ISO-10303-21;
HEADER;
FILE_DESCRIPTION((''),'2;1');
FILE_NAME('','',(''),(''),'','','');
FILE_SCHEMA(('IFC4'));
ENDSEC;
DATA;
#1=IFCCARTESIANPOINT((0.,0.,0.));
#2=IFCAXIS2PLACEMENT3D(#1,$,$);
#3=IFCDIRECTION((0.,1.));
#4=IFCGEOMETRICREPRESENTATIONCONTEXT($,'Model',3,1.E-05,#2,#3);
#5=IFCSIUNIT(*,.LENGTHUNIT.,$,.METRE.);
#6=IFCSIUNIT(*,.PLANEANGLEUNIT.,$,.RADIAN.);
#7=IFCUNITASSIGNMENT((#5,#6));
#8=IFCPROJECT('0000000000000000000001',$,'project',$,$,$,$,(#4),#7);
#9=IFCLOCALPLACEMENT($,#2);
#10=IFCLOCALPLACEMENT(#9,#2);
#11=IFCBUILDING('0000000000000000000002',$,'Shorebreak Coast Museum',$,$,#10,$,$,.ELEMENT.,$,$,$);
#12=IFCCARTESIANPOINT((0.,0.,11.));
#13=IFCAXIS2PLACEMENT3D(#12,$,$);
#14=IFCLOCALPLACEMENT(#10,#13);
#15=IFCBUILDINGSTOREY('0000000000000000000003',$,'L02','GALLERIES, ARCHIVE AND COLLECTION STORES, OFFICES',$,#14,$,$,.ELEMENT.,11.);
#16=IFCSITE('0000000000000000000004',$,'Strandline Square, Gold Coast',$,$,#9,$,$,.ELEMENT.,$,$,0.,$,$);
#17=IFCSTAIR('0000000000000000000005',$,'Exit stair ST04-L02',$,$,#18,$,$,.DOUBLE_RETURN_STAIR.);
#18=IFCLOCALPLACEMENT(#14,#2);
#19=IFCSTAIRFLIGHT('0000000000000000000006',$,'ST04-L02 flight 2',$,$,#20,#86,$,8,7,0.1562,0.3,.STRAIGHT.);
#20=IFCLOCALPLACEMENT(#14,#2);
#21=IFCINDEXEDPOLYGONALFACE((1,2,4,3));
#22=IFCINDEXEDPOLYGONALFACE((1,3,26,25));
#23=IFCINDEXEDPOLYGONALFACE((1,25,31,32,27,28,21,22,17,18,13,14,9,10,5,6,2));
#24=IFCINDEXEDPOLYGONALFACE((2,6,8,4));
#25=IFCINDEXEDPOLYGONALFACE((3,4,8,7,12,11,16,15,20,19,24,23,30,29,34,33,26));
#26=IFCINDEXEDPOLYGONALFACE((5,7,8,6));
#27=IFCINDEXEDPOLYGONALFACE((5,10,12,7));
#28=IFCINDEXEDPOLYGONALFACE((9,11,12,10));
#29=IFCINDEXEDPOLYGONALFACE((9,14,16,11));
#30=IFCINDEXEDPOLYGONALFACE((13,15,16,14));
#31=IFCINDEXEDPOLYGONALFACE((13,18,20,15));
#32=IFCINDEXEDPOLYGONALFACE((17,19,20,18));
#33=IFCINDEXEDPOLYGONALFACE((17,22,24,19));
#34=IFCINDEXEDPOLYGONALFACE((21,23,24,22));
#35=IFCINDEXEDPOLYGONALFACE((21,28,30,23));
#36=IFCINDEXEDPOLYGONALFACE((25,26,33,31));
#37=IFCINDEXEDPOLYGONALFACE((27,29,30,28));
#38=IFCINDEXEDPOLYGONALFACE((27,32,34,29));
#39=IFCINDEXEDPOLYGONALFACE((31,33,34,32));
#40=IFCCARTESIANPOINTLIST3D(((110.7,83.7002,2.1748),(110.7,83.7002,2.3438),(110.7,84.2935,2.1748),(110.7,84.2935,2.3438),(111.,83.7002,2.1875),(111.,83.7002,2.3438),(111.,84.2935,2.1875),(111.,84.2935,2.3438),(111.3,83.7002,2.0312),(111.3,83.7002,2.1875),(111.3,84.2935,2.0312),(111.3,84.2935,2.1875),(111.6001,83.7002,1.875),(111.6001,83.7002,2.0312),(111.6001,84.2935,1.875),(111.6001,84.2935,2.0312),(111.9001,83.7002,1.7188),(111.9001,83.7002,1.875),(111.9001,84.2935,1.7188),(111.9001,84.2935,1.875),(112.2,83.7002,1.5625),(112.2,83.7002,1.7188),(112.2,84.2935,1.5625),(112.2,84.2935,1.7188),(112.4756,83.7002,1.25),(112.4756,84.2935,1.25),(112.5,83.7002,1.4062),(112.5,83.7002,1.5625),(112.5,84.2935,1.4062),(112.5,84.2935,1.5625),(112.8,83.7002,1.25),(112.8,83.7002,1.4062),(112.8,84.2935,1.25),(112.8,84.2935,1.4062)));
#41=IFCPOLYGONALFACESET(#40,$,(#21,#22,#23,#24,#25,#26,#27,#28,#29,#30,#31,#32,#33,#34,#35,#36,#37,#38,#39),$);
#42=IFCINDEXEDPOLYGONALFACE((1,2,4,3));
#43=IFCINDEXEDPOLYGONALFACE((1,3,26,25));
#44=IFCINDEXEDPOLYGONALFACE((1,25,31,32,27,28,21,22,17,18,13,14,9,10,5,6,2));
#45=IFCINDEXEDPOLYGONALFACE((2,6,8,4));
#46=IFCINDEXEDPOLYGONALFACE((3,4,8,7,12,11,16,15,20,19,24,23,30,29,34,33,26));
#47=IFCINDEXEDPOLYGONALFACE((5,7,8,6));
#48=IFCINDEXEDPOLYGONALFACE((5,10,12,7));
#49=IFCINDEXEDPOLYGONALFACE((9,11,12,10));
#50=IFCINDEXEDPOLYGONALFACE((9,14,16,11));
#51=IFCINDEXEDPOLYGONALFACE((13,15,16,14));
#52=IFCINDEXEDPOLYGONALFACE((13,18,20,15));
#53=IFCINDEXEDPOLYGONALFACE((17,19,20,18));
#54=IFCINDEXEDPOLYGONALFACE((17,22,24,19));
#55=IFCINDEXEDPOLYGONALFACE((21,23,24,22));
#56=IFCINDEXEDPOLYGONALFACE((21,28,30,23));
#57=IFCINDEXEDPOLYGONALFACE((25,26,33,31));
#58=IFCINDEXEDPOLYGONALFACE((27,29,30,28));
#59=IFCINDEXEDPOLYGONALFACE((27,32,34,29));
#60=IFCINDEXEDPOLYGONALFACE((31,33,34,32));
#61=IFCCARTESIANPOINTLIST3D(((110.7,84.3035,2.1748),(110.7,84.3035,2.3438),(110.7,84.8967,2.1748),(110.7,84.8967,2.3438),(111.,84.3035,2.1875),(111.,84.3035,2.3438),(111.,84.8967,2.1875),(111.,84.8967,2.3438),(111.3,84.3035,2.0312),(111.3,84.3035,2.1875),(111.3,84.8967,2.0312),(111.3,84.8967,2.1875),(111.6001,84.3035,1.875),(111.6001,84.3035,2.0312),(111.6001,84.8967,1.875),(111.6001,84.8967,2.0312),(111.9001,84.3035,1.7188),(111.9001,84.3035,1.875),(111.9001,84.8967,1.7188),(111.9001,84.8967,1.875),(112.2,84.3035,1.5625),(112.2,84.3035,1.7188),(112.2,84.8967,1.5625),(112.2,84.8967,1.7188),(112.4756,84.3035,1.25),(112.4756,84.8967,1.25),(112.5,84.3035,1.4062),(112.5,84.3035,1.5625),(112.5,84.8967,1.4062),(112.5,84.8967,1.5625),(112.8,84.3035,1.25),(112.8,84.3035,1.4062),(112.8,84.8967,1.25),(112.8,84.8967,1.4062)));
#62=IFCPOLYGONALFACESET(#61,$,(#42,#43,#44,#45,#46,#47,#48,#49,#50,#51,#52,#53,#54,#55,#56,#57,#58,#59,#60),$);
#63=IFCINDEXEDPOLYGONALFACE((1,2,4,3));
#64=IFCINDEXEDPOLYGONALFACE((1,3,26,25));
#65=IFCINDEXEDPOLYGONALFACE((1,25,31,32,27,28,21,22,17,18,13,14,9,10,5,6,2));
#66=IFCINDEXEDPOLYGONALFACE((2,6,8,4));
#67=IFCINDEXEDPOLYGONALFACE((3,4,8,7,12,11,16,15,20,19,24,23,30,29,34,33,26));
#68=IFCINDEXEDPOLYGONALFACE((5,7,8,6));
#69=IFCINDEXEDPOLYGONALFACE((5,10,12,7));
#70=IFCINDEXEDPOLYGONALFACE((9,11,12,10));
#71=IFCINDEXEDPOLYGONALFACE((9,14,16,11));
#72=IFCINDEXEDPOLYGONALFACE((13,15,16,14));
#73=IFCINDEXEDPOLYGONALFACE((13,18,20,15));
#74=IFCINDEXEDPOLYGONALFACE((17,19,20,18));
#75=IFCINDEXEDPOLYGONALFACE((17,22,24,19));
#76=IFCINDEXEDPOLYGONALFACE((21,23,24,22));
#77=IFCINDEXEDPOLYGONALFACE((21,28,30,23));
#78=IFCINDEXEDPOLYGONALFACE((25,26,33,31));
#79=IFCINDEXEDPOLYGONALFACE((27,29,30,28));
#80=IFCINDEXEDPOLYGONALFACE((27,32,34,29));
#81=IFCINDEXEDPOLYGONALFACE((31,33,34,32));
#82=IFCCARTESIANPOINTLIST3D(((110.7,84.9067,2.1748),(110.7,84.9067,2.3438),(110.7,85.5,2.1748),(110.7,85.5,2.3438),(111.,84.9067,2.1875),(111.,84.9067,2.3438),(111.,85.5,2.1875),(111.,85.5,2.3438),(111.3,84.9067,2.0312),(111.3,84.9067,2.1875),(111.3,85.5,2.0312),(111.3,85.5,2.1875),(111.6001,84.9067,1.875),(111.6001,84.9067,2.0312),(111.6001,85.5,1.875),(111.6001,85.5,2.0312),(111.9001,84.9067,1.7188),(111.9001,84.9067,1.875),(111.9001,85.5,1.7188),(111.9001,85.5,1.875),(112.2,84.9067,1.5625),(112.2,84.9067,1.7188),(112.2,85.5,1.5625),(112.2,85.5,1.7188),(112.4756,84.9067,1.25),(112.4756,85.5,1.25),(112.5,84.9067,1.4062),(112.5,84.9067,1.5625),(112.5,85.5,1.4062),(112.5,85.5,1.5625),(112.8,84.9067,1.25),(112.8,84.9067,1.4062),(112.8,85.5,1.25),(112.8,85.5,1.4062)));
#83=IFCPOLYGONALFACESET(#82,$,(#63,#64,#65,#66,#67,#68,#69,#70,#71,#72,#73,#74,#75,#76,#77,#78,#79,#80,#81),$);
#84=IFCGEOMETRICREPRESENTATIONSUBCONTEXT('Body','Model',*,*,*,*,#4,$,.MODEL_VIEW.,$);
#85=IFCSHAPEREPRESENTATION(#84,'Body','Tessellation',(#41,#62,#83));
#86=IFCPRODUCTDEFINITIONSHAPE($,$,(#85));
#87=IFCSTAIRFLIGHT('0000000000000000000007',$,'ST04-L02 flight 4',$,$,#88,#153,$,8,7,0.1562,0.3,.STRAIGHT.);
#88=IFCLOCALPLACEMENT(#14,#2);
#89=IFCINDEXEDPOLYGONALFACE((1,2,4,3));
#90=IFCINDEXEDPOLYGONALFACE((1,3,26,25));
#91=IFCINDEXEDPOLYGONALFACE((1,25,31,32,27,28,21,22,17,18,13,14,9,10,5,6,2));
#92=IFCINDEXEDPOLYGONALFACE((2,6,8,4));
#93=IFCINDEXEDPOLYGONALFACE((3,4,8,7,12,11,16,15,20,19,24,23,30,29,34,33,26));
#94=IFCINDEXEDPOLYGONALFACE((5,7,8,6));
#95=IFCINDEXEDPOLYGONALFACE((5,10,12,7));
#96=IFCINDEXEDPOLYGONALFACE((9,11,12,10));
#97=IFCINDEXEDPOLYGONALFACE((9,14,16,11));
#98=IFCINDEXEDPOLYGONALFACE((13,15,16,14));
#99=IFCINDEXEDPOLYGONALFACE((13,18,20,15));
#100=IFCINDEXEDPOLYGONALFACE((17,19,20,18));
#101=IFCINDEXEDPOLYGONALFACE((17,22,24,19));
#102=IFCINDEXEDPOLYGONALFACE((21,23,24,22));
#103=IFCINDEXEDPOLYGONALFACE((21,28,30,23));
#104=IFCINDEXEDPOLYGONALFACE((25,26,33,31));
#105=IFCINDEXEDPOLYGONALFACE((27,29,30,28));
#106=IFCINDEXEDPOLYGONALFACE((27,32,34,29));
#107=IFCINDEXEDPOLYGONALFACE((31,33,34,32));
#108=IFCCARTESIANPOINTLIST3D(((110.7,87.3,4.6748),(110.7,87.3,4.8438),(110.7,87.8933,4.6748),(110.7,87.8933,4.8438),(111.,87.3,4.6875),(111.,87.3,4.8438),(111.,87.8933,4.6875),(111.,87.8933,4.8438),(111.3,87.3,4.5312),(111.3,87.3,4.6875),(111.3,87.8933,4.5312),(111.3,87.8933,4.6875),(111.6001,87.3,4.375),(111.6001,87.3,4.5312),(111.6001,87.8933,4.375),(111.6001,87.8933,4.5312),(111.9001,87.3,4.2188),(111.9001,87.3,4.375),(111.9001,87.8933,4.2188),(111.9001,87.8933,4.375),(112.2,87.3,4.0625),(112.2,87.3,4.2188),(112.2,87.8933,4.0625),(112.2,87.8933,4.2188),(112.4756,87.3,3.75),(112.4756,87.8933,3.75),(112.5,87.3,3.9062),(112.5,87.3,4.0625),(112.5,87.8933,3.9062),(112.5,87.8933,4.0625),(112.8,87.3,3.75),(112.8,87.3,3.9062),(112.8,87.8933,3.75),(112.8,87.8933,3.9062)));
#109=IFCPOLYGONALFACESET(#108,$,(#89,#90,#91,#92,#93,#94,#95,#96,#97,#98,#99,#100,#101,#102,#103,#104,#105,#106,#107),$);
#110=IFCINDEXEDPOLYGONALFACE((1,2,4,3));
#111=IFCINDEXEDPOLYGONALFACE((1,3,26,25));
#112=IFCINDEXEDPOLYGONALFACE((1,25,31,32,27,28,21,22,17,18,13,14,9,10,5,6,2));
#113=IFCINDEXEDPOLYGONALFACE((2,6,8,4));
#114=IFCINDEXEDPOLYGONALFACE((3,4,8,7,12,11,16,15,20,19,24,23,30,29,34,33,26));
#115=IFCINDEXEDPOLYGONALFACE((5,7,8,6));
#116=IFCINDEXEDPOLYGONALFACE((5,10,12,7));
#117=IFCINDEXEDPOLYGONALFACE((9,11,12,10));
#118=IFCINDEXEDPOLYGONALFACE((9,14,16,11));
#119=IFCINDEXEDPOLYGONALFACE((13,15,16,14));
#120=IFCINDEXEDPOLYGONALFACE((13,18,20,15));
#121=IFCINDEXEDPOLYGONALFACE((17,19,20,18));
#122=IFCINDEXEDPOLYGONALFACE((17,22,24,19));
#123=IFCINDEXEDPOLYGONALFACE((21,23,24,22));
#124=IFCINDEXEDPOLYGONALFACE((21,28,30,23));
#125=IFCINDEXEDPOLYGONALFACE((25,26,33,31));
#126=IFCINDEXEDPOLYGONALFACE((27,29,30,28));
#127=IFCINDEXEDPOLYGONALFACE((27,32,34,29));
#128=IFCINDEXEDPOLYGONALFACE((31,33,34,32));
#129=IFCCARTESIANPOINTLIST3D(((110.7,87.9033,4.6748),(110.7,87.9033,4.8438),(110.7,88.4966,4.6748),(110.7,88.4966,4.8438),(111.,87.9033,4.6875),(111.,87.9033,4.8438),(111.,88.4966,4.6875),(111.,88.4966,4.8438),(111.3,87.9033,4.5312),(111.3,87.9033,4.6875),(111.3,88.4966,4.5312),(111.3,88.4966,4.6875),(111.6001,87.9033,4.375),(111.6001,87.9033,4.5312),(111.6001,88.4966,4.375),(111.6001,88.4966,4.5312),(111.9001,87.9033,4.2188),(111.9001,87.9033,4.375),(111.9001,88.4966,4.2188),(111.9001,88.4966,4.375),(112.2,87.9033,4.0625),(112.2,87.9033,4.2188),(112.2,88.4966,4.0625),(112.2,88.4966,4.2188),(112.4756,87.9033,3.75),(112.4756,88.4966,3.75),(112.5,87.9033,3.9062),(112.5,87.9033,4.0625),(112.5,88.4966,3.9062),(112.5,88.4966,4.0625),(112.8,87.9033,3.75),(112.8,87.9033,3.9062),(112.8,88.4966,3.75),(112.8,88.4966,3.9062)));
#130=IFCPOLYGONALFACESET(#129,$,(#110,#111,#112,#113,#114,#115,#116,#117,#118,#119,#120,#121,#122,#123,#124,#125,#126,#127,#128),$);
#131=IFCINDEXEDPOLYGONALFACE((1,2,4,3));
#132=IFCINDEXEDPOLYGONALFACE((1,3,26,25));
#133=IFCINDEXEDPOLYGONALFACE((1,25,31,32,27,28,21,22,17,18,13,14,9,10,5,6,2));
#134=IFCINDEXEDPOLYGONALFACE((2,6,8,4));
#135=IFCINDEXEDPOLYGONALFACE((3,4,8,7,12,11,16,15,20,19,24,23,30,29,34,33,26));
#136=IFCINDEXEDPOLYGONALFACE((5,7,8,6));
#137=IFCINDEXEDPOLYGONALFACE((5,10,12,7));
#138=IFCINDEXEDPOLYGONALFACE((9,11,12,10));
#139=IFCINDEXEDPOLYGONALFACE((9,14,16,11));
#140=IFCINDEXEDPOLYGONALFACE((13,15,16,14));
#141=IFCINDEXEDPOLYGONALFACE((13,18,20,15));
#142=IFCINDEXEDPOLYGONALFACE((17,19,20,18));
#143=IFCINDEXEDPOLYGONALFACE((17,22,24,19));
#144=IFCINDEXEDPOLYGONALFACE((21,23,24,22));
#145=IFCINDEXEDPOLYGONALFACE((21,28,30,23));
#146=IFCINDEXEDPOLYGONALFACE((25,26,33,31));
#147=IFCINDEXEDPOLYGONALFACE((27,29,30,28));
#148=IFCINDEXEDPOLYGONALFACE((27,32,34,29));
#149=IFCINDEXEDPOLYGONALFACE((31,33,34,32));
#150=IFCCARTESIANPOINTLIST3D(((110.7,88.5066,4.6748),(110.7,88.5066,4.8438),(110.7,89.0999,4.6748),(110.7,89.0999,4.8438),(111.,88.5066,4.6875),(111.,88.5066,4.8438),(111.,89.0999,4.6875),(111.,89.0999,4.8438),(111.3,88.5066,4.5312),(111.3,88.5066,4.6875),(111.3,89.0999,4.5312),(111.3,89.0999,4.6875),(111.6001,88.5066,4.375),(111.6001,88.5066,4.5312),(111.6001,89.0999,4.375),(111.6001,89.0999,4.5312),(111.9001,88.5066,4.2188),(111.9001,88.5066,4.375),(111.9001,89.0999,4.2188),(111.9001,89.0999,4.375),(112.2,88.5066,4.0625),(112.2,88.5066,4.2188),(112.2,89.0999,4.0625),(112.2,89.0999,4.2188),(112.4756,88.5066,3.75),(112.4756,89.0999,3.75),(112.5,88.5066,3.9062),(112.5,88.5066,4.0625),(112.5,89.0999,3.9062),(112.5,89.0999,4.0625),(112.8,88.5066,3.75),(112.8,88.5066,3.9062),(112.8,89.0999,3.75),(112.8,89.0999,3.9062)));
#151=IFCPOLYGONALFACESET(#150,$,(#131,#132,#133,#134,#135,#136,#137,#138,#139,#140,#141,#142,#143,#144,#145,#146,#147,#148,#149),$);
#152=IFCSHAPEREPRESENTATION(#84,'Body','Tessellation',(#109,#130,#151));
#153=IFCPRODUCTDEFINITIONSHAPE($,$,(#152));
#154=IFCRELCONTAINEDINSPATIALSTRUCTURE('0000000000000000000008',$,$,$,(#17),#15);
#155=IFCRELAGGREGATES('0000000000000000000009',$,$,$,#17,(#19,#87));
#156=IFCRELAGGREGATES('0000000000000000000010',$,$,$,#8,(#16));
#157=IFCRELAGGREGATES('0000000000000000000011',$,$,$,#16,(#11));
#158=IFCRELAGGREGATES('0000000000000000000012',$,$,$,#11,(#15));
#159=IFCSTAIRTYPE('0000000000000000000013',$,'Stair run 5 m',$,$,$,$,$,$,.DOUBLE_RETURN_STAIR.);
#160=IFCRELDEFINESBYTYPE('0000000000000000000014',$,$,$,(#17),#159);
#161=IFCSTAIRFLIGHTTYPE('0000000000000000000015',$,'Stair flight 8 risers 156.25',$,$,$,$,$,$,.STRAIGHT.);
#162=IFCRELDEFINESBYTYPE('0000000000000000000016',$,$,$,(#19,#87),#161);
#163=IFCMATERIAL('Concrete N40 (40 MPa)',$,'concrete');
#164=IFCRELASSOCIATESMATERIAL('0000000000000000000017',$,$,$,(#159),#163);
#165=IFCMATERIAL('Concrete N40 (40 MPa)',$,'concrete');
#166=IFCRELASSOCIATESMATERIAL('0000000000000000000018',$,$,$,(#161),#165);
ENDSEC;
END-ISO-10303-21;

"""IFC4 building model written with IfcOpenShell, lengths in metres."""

from ifc_helpers import new_model, si_unit, direction, frame, origin, place, context, subcontext, project, spatial, polyline, outline, extrude, material, type_object, element, aggregate, save


model = new_model("IFC4")

# Units and contexts
model_context = context("Model", 3, precision=1e-05, world=origin(), true_north=direction((0.0, 1.0)))
body_context = subcontext(model_context, "Body", "Model", "MODEL_VIEW")
ifc_project = project(units=[si_unit("LENGTHUNIT", "METRE"), si_unit("PLANEANGLEUNIT", "RADIAN")], contexts=[model_context])

# Site, building, storey
site_placement = place(None, origin())
site = spatial("IfcSite", under=ifc_project, at=site_placement, Name="Strandline Square, Gold Coast", CompositionType="ELEMENT", RefElevation=0.0)
building_placement = place(site_placement, origin())
building = spatial("IfcBuilding", under=site, at=building_placement, Name="Shorebreak Coast Museum", CompositionType="ELEMENT")
storey_placement = place(building_placement, frame((0.0, 0.0, 11.0)))
storey = spatial("IfcBuildingStorey", under=building, at=storey_placement, Name="L02", Description="GALLERIES, ARCHIVE AND COLLECTION STORES, OFFICES", CompositionType="ELEMENT", Elevation=11.0)

# Stair, stair flights
ifc_material_1 = material(Name="Concrete N40 (40 MPa)", Category="concrete")
stair_type = type_object("IfcStairType", Name="Stair run 5 m", PredefinedType="DOUBLE_RETURN_STAIR", material=ifc_material_1)
stair_placement = place(storey_placement, origin())
stair = element("IfcStair", 1, at=stair_placement, inside=storey, type_object=stair_type, Name="Exit stair ST04-L02", PredefinedType="DOUBLE_RETURN_STAIR")
ifc_material_2 = material(Name="Concrete N40 (40 MPa)", Category="concrete")
stair_flight_type = type_object("IfcStairFlightType", Name="Stair flight 8 risers 156.25", PredefinedType="STRAIGHT", material=ifc_material_2)
stair_flight_1_placement = place(storey_placement, frame((112.8, 84.6001, 1.25), z_axis=(0.0, 0.0, 1.0), x_axis=(-1.0, 0.0, 0.0)))
stair_flight_1 = element("IfcStairFlight", 2, at=stair_flight_1_placement, type_object=stair_flight_type, Name="ST04-L02 flight 2", NumberOfRisers=8, NumberOfTreads=7, PredefinedType="STRAIGHT", RiserHeight=0.1562, TreadLength=0.3, context=body_context, shape_type="SweptSolid", body=[
    extrude(outline(polyline([(0.0, 0.0), (0.0, 0.1562), (0.3, 0.1562), (0.3, 0.3125), (0.6001, 0.3125), (0.6001, 0.4688), (0.8999, 0.4688), (0.8999, 0.625), (1.2, 0.625), (1.2, 0.7812), (1.5, 0.7812), (1.5, 0.9375), (1.8, 0.9375), (1.8, 1.0938), (2.1001, 1.0938), (2.1001, 1.25), (2.1001, 0.9248), (0.3245, 0.0), (0.0, 0.0)])), frame((0.0, 0.8999, 0.0), z_axis=(0.0, -1.0, 0.0), x_axis=(1.0, 0.0, 0.0)), (0.0, 0.0, 1.0), 0.5933),
    extrude(outline(polyline([(0.0, 0.0), (0.0, 0.1562), (0.3, 0.1562), (0.3, 0.3125), (0.6001, 0.3125), (0.6001, 0.4688), (0.8999, 0.4688), (0.8999, 0.625), (1.2, 0.625), (1.2, 0.7812), (1.5, 0.7812), (1.5, 0.9375), (1.8, 0.9375), (1.8, 1.0938), (2.1001, 1.0938), (2.1001, 1.25), (2.1001, 0.9248), (0.3245, 0.0), (0.0, 0.0)])), frame((0.0, 0.2966, 0.0), z_axis=(0.0, -1.0, 0.0), x_axis=(1.0, 0.0, 0.0)), (0.0, 0.0, 1.0), 0.5933),
    extrude(outline(polyline([(0.0, 0.0), (0.0, 0.1562), (0.3, 0.1562), (0.3, 0.3125), (0.6001, 0.3125), (0.6001, 0.4688), (0.8999, 0.4688), (0.8999, 0.625), (1.2, 0.625), (1.2, 0.7812), (1.5, 0.7812), (1.5, 0.9375), (1.8, 0.9375), (1.8, 1.0938), (2.1001, 1.0938), (2.1001, 1.25), (2.1001, 0.9248), (0.3245, 0.0), (0.0, 0.0)])), frame((0.0, -0.3066, 0.0), z_axis=(0.0, -1.0, 0.0), x_axis=(1.0, 0.0, 0.0)), (0.0, 0.0, 1.0), 0.5933),
])
stair_flight_2_placement = place(storey_placement, frame((112.8, 88.2, 3.75), z_axis=(0.0, 0.0, 1.0), x_axis=(-1.0, 0.0, 0.0)))
stair_flight_2 = element("IfcStairFlight", 3, at=stair_flight_2_placement, type_object=stair_flight_type, Name="ST04-L02 flight 4", NumberOfRisers=8, NumberOfTreads=7, PredefinedType="STRAIGHT", RiserHeight=0.1562, TreadLength=0.3, context=body_context, shape_type="SweptSolid", body=[
    extrude(outline(polyline([(0.0, 0.0), (0.0, 0.1562), (0.3, 0.1562), (0.3, 0.3125), (0.6001, 0.3125), (0.6001, 0.4688), (0.8999, 0.4688), (0.8999, 0.625), (1.2, 0.625), (1.2, 0.7812), (1.5, 0.7812), (1.5, 0.9375), (1.8, 0.9375), (1.8, 1.0938), (2.1001, 1.0938), (2.1001, 1.25), (2.1001, 0.9248), (0.3245, 0.0), (0.0, 0.0)])), frame((0.0, 0.8999, 0.0), z_axis=(0.0, -1.0, 0.0), x_axis=(1.0, 0.0, 0.0)), (0.0, 0.0, 1.0), 0.5933),
    extrude(outline(polyline([(0.0, 0.0), (0.0, 0.1562), (0.3, 0.1562), (0.3, 0.3125), (0.6001, 0.3125), (0.6001, 0.4688), (0.8999, 0.4688), (0.8999, 0.625), (1.2, 0.625), (1.2, 0.7812), (1.5, 0.7812), (1.5, 0.9375), (1.8, 0.9375), (1.8, 1.0938), (2.1001, 1.0938), (2.1001, 1.25), (2.1001, 0.9248), (0.3245, 0.0), (0.0, 0.0)])), frame((0.0, 0.2966, 0.0), z_axis=(0.0, -1.0, 0.0), x_axis=(1.0, 0.0, 0.0)), (0.0, 0.0, 1.0), 0.5933),
    extrude(outline(polyline([(0.0, 0.0), (0.0, 0.1562), (0.3, 0.1562), (0.3, 0.3125), (0.6001, 0.3125), (0.6001, 0.4688), (0.8999, 0.4688), (0.8999, 0.625), (1.2, 0.625), (1.2, 0.7812), (1.5, 0.7812), (1.5, 0.9375), (1.8, 0.9375), (1.8, 1.0938), (2.1001, 1.0938), (2.1001, 1.25), (2.1001, 0.9248), (0.3245, 0.0), (0.0, 0.0)])), frame((0.0, -0.3066, 0.0), z_axis=(0.0, -1.0, 0.0), x_axis=(1.0, 0.0, 0.0)), (0.0, 0.0, 1.0), 0.5933),
])
aggregate(stair, [stair_flight_1, stair_flight_2])

save(model, "model.ifc")
